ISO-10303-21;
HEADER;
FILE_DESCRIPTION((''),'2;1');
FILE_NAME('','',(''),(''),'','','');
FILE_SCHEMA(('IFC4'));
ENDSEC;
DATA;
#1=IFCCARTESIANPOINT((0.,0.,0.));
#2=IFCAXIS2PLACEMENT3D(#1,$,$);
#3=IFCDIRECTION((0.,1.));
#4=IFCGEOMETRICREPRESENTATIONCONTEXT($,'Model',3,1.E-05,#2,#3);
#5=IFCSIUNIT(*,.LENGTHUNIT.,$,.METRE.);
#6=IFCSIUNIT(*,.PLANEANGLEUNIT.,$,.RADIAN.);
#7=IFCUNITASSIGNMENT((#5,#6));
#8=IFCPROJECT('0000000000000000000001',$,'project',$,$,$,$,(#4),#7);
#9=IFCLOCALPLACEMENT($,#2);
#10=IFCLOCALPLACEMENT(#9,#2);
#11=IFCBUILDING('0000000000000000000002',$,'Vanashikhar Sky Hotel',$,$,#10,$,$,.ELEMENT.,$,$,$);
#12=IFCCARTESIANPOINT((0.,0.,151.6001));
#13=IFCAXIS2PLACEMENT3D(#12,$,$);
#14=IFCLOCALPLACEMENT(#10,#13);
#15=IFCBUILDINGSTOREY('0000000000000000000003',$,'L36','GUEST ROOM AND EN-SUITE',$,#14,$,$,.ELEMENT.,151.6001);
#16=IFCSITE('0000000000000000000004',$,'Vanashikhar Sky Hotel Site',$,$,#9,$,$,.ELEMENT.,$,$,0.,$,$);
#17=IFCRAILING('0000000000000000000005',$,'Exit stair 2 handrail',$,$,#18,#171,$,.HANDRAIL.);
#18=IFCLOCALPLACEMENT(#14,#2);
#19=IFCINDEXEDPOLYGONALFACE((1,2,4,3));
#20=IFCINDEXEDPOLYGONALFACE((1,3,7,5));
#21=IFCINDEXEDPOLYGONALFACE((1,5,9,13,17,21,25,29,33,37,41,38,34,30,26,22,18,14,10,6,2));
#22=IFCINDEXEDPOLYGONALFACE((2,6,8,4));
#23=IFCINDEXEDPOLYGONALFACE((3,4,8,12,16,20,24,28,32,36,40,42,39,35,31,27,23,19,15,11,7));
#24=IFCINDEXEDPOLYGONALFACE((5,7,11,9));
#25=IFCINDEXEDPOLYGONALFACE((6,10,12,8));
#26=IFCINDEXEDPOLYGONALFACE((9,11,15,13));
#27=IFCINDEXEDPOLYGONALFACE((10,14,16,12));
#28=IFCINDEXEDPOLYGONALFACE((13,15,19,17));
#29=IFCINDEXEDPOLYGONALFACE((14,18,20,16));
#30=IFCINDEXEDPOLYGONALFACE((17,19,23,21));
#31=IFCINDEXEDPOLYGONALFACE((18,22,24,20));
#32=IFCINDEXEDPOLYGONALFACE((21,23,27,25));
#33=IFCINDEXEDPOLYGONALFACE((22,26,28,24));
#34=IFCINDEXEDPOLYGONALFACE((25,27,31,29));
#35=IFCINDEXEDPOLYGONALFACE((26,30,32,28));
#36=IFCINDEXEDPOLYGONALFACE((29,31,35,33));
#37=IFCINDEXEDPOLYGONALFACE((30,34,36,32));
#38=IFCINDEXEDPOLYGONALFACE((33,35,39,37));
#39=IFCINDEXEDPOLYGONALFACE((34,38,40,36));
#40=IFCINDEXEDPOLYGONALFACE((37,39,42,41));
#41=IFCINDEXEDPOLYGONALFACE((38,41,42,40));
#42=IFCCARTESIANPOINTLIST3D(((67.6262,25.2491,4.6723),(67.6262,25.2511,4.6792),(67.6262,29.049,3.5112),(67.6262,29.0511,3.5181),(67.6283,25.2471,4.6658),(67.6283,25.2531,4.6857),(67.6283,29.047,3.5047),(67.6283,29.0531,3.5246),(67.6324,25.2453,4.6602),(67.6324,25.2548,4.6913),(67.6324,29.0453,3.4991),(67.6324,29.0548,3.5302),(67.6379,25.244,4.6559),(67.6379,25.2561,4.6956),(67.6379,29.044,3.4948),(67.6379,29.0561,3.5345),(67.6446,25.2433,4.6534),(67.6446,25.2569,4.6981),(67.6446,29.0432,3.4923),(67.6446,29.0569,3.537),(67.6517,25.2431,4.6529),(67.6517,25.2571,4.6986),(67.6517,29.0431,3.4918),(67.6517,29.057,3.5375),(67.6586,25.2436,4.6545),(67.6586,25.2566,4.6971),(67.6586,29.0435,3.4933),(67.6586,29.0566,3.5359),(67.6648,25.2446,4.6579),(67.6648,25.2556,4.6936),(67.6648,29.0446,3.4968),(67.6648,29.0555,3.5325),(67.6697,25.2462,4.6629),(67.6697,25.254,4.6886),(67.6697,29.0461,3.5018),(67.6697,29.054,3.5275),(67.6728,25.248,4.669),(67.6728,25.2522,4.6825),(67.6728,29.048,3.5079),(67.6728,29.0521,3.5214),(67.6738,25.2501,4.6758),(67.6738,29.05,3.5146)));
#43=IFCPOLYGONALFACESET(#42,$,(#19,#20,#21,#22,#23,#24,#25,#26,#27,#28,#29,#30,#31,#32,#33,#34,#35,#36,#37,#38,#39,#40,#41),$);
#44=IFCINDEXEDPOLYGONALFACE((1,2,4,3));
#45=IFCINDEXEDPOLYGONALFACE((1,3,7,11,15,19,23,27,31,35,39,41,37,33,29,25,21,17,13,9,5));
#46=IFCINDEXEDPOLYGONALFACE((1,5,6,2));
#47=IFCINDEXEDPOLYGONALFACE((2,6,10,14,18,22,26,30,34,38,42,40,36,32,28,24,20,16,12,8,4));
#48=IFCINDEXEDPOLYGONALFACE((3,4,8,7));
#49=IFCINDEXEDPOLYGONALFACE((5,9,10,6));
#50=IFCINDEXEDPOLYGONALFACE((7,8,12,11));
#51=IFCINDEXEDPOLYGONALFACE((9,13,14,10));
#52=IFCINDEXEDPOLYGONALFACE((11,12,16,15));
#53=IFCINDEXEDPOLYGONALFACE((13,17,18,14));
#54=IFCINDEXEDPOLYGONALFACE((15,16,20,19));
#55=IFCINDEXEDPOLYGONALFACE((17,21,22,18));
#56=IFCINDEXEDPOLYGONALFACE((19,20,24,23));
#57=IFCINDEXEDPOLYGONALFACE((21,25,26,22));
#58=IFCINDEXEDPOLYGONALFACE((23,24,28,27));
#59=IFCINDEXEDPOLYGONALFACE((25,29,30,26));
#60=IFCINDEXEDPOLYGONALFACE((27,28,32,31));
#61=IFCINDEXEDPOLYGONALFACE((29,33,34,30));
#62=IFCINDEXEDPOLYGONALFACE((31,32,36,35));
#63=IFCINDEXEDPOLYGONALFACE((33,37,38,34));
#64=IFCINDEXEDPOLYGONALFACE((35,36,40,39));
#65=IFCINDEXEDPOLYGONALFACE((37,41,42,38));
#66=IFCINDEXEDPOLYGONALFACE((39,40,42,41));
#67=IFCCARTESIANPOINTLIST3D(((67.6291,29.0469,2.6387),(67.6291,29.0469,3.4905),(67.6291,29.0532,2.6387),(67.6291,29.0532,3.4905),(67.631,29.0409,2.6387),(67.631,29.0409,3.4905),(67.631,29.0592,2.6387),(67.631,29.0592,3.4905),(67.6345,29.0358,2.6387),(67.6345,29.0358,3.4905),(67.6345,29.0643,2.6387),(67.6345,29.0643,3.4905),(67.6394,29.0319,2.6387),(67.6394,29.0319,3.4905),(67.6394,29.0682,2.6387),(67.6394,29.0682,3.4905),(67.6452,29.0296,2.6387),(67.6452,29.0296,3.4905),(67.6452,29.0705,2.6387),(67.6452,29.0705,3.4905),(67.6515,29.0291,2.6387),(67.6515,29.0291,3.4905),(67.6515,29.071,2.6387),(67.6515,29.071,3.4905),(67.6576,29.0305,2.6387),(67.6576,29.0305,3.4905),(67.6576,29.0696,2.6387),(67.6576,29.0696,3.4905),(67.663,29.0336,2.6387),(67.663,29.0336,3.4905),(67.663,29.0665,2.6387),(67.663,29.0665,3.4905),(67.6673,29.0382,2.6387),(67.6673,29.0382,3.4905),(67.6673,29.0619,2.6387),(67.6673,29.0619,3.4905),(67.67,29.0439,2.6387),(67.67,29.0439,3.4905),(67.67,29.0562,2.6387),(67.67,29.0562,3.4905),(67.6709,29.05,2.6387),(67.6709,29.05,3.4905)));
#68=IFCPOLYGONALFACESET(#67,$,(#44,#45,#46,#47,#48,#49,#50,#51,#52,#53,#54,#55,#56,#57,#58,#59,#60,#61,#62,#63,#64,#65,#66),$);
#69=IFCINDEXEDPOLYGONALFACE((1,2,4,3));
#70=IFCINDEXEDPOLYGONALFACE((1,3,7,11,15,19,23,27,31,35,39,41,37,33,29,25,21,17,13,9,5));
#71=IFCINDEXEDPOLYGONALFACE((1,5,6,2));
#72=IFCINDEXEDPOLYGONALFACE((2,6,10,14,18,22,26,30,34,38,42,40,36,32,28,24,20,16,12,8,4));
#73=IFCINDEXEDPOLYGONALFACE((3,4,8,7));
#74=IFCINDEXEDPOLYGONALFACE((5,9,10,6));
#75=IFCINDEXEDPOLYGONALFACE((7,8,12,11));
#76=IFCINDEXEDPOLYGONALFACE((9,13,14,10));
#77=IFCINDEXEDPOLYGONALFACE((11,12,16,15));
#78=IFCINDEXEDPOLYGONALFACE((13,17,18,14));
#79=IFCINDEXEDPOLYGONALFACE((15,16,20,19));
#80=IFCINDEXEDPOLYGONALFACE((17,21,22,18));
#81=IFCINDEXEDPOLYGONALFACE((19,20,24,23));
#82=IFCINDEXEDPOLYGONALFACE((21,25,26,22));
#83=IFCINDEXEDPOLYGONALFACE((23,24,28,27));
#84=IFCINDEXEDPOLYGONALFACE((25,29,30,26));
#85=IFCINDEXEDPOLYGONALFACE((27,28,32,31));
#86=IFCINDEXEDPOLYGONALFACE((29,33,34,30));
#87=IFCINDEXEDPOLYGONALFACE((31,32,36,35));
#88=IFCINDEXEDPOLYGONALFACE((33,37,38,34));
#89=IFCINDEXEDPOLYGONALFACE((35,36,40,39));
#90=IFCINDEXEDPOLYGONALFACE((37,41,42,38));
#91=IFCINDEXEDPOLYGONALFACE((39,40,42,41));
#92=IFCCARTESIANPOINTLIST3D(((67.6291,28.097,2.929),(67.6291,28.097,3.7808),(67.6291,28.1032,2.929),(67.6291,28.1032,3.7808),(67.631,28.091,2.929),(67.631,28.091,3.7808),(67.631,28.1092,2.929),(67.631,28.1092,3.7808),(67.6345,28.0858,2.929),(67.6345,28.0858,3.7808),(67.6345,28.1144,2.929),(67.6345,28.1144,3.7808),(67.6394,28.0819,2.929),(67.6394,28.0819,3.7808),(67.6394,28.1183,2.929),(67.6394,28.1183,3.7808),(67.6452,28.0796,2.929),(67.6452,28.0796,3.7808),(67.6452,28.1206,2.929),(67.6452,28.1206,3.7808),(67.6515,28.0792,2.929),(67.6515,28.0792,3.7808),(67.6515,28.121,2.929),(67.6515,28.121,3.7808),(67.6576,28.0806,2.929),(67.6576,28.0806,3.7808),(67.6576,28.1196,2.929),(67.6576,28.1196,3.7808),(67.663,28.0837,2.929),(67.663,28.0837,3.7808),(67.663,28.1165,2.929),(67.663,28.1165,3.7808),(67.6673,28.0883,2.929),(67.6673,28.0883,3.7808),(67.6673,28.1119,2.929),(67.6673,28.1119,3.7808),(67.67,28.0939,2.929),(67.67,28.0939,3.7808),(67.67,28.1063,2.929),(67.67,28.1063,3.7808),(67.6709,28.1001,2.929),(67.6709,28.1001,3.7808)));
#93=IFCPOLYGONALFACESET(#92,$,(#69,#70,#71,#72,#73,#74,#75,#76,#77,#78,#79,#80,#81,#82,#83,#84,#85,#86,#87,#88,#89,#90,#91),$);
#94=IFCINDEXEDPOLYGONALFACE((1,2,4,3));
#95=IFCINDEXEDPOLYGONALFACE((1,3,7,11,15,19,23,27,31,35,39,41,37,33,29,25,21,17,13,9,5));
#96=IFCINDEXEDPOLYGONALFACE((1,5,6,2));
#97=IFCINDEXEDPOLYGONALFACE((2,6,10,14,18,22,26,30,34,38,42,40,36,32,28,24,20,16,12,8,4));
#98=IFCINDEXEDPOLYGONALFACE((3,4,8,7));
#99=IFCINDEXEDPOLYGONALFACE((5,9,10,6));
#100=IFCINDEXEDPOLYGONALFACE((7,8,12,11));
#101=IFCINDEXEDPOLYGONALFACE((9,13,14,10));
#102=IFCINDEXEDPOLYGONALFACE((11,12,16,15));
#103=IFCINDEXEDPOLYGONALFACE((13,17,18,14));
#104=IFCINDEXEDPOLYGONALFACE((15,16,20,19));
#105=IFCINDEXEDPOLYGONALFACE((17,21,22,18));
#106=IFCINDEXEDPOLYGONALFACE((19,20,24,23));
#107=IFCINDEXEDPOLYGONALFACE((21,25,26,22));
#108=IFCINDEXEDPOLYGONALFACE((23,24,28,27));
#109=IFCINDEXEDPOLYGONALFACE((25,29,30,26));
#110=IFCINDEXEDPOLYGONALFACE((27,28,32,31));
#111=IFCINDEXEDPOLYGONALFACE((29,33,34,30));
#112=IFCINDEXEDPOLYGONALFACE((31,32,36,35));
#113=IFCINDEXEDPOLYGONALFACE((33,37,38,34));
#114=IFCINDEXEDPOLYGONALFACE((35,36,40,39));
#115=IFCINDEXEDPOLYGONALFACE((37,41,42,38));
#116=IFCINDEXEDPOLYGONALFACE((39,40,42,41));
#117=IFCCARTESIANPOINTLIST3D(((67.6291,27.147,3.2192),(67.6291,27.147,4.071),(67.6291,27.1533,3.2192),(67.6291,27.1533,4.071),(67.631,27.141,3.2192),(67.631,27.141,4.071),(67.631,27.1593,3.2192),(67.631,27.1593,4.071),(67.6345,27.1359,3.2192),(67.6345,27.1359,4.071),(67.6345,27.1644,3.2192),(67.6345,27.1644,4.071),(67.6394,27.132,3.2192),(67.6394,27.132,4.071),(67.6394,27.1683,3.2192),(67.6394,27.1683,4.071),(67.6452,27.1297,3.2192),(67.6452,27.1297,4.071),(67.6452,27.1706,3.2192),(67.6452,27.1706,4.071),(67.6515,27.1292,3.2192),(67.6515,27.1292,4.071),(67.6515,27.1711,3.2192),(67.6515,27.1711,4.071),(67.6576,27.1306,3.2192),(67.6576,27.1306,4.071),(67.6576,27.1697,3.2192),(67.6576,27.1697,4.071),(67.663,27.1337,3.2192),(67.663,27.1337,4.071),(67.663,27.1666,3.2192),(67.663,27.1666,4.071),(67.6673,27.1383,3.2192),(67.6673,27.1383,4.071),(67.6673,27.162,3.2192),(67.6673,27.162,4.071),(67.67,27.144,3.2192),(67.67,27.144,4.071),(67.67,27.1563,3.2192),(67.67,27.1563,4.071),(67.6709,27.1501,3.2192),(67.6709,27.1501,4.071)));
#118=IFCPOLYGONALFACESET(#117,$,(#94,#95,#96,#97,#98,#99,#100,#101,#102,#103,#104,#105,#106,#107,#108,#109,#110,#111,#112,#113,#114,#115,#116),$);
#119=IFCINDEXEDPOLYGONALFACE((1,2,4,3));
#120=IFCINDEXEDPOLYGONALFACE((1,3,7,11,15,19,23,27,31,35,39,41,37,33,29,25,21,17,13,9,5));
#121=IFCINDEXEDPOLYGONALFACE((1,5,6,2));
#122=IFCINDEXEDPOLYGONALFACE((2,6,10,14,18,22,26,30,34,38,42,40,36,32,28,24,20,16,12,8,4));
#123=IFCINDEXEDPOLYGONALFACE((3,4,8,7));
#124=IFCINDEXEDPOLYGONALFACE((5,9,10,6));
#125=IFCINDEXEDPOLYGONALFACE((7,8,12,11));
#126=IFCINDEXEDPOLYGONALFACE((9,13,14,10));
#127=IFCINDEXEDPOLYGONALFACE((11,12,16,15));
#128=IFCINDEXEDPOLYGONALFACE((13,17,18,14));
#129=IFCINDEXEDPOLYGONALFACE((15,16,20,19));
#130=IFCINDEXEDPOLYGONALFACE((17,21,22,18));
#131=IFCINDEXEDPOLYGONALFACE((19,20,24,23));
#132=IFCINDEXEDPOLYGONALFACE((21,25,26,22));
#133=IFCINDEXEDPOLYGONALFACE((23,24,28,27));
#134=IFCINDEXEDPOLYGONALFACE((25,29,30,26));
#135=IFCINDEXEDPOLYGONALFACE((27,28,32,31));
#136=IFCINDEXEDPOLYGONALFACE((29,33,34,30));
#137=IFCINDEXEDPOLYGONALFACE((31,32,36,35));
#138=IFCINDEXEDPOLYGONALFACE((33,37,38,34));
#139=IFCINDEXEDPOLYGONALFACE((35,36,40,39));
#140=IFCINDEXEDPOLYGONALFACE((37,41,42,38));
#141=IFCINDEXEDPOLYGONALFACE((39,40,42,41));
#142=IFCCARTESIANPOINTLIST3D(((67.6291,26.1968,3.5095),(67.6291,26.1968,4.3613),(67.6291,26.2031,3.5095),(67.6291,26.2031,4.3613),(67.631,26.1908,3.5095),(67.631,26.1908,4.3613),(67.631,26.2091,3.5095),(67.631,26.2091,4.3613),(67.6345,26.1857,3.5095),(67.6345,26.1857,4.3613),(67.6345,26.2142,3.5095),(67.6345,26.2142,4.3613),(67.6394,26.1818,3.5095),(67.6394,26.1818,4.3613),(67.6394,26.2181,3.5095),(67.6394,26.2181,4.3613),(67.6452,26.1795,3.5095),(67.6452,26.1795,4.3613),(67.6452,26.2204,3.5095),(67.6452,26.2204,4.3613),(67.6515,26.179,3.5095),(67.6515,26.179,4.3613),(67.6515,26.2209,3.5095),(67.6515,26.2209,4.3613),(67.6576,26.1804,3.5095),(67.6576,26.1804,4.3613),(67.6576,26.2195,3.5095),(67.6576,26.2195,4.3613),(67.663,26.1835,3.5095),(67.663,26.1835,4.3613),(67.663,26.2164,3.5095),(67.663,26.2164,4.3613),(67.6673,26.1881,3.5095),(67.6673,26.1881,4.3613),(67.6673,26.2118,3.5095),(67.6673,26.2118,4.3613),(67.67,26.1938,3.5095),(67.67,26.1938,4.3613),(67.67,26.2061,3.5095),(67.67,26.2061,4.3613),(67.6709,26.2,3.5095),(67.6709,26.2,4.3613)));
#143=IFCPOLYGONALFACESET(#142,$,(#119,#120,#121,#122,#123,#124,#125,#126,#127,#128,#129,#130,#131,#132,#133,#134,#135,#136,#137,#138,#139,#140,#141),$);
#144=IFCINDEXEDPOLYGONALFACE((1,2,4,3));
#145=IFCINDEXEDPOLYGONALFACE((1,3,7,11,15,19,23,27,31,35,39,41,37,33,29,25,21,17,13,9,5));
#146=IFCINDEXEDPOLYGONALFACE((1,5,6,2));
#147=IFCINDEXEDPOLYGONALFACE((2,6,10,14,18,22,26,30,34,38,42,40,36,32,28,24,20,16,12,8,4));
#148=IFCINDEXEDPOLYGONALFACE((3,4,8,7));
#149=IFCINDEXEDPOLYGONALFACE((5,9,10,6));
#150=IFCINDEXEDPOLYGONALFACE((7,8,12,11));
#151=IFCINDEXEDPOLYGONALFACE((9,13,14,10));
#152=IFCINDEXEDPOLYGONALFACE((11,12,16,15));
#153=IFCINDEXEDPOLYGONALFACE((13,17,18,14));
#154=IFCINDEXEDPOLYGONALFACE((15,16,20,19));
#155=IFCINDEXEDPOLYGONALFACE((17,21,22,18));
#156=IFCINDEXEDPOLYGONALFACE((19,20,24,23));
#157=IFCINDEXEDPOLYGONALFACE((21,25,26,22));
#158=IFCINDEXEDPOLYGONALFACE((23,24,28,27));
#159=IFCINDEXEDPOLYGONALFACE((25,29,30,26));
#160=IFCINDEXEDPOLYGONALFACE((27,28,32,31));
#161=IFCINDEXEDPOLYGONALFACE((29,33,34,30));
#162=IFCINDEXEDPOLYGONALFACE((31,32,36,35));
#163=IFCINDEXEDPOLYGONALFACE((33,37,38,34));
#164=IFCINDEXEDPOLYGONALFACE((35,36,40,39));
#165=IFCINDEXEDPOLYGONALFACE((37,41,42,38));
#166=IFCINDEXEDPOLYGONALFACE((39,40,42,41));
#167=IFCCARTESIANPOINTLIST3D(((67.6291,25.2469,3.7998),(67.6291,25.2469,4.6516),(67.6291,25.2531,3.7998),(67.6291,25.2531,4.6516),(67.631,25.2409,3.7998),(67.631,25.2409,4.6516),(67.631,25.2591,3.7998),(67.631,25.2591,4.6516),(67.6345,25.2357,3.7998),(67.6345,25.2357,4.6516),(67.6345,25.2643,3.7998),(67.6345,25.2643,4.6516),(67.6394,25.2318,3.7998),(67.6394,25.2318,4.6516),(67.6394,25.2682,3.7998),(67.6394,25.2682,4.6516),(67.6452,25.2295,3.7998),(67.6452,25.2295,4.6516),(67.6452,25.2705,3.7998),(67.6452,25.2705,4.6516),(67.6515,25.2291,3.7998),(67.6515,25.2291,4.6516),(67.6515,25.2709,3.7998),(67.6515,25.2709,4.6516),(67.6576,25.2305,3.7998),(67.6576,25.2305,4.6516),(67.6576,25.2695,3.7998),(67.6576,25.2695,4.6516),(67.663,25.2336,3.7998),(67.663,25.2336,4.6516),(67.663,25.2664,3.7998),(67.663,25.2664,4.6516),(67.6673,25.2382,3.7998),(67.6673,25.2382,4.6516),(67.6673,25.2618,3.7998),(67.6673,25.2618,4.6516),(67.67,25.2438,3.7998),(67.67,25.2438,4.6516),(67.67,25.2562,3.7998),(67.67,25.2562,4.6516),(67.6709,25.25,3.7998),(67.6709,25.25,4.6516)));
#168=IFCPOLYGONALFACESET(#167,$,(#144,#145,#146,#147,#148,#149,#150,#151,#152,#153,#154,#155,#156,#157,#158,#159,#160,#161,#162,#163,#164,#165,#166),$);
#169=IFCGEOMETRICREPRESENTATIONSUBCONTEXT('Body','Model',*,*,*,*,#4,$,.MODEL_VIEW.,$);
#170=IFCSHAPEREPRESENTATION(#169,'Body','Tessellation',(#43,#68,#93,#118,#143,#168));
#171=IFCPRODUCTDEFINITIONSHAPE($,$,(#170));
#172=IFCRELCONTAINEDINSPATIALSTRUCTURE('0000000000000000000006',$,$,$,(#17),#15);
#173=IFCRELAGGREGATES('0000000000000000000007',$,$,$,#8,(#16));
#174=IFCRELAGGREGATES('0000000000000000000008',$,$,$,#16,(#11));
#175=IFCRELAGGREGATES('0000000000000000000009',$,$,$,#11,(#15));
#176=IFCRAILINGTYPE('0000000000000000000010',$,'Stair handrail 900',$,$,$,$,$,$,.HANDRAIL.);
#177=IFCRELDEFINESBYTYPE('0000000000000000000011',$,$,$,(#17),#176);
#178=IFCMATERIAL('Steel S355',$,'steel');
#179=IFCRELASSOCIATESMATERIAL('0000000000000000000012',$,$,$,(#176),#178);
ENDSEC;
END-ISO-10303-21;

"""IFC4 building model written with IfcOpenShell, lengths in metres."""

from ifc_helpers import new_model, si_unit, direction, frame, origin, origin_2d, place, context, subcontext, project, spatial, circle, extrude, source, transform, mapped, material, type_object, element, save


model = new_model("IFC4")

# Units and contexts
model_context = context("Model", 3, precision=1e-05, world=origin(), true_north=direction((0.0, 1.0)))
body_context = subcontext(model_context, "Body", "Model", "MODEL_VIEW")
ifc_project = project(units=[si_unit("LENGTHUNIT", "METRE"), si_unit("PLANEANGLEUNIT", "RADIAN")], contexts=[model_context])

# Site, building, storey
site_placement = place(None, origin())
site = spatial("IfcSite", under=ifc_project, at=site_placement, Name="Vanashikhar Sky Hotel Site", CompositionType="ELEMENT", RefElevation=0.0)
building_placement = place(site_placement, origin())
building = spatial("IfcBuilding", under=site, at=building_placement, Name="Vanashikhar Sky Hotel", CompositionType="ELEMENT")
storey_placement = place(building_placement, frame((0.0, 0.0, 151.6001)))
storey = spatial("IfcBuildingStorey", under=building, at=storey_placement, Name="L36", Description="GUEST ROOM AND EN-SUITE", CompositionType="ELEMENT", Elevation=151.6001)

# Railing
ifc_material_1 = material(Name="Steel S355", Category="steel")
railing_type = type_object("IfcRailingType", Name="Stair handrail 900", PredefinedType="HANDRAIL", material=ifc_material_1)
shared_shape_1 = source(origin(), body_context, "Body", "SweptSolid", [
    extrude(circle(Radius=0.0239, at=origin_2d()), frame((0.0, 0.0, 0.876), z_axis=(0.0, -0.956351, 0.29222), x_axis=(1.0, 0.0, 0.0)), (0.0, 0.0, 1.0), 3.9734),
    extrude(circle(Radius=0.021, at=origin_2d()), origin(), (0.0, 0.0, 1.0), 0.8518),
    extrude(circle(Radius=0.021, at=origin_2d()), frame((0.0, -0.95, 0.2903)), (0.0, 0.0, 1.0), 0.8518),
    extrude(circle(Radius=0.021, at=origin_2d()), frame((0.0, -1.8999, 0.5806)), (0.0, 0.0, 1.0), 0.8518),
    extrude(circle(Radius=0.021, at=origin_2d()), frame((0.0, -2.8501, 0.8708)), (0.0, 0.0, 1.0), 0.8518),
    extrude(circle(Radius=0.021, at=origin_2d()), frame((0.0, -3.8, 1.1611)), (0.0, 0.0, 1.0), 0.8518),
])
for number, where, name in (
    (1, (67.6499, 29.05, 2.6387), "Exit stair 2 handrail"),
):
    element("IfcRailing", number, at=place(storey_placement, frame(where)), inside=storey, type_object=railing_type, Name=name, PredefinedType="HANDRAIL", context=body_context, shape_type="MappedRepresentation", body=[
        mapped(shared_shape_1, transform((0.0, 0.0, 0.0), scale=1.0)),
    ])

save(model, "model.ifc")
